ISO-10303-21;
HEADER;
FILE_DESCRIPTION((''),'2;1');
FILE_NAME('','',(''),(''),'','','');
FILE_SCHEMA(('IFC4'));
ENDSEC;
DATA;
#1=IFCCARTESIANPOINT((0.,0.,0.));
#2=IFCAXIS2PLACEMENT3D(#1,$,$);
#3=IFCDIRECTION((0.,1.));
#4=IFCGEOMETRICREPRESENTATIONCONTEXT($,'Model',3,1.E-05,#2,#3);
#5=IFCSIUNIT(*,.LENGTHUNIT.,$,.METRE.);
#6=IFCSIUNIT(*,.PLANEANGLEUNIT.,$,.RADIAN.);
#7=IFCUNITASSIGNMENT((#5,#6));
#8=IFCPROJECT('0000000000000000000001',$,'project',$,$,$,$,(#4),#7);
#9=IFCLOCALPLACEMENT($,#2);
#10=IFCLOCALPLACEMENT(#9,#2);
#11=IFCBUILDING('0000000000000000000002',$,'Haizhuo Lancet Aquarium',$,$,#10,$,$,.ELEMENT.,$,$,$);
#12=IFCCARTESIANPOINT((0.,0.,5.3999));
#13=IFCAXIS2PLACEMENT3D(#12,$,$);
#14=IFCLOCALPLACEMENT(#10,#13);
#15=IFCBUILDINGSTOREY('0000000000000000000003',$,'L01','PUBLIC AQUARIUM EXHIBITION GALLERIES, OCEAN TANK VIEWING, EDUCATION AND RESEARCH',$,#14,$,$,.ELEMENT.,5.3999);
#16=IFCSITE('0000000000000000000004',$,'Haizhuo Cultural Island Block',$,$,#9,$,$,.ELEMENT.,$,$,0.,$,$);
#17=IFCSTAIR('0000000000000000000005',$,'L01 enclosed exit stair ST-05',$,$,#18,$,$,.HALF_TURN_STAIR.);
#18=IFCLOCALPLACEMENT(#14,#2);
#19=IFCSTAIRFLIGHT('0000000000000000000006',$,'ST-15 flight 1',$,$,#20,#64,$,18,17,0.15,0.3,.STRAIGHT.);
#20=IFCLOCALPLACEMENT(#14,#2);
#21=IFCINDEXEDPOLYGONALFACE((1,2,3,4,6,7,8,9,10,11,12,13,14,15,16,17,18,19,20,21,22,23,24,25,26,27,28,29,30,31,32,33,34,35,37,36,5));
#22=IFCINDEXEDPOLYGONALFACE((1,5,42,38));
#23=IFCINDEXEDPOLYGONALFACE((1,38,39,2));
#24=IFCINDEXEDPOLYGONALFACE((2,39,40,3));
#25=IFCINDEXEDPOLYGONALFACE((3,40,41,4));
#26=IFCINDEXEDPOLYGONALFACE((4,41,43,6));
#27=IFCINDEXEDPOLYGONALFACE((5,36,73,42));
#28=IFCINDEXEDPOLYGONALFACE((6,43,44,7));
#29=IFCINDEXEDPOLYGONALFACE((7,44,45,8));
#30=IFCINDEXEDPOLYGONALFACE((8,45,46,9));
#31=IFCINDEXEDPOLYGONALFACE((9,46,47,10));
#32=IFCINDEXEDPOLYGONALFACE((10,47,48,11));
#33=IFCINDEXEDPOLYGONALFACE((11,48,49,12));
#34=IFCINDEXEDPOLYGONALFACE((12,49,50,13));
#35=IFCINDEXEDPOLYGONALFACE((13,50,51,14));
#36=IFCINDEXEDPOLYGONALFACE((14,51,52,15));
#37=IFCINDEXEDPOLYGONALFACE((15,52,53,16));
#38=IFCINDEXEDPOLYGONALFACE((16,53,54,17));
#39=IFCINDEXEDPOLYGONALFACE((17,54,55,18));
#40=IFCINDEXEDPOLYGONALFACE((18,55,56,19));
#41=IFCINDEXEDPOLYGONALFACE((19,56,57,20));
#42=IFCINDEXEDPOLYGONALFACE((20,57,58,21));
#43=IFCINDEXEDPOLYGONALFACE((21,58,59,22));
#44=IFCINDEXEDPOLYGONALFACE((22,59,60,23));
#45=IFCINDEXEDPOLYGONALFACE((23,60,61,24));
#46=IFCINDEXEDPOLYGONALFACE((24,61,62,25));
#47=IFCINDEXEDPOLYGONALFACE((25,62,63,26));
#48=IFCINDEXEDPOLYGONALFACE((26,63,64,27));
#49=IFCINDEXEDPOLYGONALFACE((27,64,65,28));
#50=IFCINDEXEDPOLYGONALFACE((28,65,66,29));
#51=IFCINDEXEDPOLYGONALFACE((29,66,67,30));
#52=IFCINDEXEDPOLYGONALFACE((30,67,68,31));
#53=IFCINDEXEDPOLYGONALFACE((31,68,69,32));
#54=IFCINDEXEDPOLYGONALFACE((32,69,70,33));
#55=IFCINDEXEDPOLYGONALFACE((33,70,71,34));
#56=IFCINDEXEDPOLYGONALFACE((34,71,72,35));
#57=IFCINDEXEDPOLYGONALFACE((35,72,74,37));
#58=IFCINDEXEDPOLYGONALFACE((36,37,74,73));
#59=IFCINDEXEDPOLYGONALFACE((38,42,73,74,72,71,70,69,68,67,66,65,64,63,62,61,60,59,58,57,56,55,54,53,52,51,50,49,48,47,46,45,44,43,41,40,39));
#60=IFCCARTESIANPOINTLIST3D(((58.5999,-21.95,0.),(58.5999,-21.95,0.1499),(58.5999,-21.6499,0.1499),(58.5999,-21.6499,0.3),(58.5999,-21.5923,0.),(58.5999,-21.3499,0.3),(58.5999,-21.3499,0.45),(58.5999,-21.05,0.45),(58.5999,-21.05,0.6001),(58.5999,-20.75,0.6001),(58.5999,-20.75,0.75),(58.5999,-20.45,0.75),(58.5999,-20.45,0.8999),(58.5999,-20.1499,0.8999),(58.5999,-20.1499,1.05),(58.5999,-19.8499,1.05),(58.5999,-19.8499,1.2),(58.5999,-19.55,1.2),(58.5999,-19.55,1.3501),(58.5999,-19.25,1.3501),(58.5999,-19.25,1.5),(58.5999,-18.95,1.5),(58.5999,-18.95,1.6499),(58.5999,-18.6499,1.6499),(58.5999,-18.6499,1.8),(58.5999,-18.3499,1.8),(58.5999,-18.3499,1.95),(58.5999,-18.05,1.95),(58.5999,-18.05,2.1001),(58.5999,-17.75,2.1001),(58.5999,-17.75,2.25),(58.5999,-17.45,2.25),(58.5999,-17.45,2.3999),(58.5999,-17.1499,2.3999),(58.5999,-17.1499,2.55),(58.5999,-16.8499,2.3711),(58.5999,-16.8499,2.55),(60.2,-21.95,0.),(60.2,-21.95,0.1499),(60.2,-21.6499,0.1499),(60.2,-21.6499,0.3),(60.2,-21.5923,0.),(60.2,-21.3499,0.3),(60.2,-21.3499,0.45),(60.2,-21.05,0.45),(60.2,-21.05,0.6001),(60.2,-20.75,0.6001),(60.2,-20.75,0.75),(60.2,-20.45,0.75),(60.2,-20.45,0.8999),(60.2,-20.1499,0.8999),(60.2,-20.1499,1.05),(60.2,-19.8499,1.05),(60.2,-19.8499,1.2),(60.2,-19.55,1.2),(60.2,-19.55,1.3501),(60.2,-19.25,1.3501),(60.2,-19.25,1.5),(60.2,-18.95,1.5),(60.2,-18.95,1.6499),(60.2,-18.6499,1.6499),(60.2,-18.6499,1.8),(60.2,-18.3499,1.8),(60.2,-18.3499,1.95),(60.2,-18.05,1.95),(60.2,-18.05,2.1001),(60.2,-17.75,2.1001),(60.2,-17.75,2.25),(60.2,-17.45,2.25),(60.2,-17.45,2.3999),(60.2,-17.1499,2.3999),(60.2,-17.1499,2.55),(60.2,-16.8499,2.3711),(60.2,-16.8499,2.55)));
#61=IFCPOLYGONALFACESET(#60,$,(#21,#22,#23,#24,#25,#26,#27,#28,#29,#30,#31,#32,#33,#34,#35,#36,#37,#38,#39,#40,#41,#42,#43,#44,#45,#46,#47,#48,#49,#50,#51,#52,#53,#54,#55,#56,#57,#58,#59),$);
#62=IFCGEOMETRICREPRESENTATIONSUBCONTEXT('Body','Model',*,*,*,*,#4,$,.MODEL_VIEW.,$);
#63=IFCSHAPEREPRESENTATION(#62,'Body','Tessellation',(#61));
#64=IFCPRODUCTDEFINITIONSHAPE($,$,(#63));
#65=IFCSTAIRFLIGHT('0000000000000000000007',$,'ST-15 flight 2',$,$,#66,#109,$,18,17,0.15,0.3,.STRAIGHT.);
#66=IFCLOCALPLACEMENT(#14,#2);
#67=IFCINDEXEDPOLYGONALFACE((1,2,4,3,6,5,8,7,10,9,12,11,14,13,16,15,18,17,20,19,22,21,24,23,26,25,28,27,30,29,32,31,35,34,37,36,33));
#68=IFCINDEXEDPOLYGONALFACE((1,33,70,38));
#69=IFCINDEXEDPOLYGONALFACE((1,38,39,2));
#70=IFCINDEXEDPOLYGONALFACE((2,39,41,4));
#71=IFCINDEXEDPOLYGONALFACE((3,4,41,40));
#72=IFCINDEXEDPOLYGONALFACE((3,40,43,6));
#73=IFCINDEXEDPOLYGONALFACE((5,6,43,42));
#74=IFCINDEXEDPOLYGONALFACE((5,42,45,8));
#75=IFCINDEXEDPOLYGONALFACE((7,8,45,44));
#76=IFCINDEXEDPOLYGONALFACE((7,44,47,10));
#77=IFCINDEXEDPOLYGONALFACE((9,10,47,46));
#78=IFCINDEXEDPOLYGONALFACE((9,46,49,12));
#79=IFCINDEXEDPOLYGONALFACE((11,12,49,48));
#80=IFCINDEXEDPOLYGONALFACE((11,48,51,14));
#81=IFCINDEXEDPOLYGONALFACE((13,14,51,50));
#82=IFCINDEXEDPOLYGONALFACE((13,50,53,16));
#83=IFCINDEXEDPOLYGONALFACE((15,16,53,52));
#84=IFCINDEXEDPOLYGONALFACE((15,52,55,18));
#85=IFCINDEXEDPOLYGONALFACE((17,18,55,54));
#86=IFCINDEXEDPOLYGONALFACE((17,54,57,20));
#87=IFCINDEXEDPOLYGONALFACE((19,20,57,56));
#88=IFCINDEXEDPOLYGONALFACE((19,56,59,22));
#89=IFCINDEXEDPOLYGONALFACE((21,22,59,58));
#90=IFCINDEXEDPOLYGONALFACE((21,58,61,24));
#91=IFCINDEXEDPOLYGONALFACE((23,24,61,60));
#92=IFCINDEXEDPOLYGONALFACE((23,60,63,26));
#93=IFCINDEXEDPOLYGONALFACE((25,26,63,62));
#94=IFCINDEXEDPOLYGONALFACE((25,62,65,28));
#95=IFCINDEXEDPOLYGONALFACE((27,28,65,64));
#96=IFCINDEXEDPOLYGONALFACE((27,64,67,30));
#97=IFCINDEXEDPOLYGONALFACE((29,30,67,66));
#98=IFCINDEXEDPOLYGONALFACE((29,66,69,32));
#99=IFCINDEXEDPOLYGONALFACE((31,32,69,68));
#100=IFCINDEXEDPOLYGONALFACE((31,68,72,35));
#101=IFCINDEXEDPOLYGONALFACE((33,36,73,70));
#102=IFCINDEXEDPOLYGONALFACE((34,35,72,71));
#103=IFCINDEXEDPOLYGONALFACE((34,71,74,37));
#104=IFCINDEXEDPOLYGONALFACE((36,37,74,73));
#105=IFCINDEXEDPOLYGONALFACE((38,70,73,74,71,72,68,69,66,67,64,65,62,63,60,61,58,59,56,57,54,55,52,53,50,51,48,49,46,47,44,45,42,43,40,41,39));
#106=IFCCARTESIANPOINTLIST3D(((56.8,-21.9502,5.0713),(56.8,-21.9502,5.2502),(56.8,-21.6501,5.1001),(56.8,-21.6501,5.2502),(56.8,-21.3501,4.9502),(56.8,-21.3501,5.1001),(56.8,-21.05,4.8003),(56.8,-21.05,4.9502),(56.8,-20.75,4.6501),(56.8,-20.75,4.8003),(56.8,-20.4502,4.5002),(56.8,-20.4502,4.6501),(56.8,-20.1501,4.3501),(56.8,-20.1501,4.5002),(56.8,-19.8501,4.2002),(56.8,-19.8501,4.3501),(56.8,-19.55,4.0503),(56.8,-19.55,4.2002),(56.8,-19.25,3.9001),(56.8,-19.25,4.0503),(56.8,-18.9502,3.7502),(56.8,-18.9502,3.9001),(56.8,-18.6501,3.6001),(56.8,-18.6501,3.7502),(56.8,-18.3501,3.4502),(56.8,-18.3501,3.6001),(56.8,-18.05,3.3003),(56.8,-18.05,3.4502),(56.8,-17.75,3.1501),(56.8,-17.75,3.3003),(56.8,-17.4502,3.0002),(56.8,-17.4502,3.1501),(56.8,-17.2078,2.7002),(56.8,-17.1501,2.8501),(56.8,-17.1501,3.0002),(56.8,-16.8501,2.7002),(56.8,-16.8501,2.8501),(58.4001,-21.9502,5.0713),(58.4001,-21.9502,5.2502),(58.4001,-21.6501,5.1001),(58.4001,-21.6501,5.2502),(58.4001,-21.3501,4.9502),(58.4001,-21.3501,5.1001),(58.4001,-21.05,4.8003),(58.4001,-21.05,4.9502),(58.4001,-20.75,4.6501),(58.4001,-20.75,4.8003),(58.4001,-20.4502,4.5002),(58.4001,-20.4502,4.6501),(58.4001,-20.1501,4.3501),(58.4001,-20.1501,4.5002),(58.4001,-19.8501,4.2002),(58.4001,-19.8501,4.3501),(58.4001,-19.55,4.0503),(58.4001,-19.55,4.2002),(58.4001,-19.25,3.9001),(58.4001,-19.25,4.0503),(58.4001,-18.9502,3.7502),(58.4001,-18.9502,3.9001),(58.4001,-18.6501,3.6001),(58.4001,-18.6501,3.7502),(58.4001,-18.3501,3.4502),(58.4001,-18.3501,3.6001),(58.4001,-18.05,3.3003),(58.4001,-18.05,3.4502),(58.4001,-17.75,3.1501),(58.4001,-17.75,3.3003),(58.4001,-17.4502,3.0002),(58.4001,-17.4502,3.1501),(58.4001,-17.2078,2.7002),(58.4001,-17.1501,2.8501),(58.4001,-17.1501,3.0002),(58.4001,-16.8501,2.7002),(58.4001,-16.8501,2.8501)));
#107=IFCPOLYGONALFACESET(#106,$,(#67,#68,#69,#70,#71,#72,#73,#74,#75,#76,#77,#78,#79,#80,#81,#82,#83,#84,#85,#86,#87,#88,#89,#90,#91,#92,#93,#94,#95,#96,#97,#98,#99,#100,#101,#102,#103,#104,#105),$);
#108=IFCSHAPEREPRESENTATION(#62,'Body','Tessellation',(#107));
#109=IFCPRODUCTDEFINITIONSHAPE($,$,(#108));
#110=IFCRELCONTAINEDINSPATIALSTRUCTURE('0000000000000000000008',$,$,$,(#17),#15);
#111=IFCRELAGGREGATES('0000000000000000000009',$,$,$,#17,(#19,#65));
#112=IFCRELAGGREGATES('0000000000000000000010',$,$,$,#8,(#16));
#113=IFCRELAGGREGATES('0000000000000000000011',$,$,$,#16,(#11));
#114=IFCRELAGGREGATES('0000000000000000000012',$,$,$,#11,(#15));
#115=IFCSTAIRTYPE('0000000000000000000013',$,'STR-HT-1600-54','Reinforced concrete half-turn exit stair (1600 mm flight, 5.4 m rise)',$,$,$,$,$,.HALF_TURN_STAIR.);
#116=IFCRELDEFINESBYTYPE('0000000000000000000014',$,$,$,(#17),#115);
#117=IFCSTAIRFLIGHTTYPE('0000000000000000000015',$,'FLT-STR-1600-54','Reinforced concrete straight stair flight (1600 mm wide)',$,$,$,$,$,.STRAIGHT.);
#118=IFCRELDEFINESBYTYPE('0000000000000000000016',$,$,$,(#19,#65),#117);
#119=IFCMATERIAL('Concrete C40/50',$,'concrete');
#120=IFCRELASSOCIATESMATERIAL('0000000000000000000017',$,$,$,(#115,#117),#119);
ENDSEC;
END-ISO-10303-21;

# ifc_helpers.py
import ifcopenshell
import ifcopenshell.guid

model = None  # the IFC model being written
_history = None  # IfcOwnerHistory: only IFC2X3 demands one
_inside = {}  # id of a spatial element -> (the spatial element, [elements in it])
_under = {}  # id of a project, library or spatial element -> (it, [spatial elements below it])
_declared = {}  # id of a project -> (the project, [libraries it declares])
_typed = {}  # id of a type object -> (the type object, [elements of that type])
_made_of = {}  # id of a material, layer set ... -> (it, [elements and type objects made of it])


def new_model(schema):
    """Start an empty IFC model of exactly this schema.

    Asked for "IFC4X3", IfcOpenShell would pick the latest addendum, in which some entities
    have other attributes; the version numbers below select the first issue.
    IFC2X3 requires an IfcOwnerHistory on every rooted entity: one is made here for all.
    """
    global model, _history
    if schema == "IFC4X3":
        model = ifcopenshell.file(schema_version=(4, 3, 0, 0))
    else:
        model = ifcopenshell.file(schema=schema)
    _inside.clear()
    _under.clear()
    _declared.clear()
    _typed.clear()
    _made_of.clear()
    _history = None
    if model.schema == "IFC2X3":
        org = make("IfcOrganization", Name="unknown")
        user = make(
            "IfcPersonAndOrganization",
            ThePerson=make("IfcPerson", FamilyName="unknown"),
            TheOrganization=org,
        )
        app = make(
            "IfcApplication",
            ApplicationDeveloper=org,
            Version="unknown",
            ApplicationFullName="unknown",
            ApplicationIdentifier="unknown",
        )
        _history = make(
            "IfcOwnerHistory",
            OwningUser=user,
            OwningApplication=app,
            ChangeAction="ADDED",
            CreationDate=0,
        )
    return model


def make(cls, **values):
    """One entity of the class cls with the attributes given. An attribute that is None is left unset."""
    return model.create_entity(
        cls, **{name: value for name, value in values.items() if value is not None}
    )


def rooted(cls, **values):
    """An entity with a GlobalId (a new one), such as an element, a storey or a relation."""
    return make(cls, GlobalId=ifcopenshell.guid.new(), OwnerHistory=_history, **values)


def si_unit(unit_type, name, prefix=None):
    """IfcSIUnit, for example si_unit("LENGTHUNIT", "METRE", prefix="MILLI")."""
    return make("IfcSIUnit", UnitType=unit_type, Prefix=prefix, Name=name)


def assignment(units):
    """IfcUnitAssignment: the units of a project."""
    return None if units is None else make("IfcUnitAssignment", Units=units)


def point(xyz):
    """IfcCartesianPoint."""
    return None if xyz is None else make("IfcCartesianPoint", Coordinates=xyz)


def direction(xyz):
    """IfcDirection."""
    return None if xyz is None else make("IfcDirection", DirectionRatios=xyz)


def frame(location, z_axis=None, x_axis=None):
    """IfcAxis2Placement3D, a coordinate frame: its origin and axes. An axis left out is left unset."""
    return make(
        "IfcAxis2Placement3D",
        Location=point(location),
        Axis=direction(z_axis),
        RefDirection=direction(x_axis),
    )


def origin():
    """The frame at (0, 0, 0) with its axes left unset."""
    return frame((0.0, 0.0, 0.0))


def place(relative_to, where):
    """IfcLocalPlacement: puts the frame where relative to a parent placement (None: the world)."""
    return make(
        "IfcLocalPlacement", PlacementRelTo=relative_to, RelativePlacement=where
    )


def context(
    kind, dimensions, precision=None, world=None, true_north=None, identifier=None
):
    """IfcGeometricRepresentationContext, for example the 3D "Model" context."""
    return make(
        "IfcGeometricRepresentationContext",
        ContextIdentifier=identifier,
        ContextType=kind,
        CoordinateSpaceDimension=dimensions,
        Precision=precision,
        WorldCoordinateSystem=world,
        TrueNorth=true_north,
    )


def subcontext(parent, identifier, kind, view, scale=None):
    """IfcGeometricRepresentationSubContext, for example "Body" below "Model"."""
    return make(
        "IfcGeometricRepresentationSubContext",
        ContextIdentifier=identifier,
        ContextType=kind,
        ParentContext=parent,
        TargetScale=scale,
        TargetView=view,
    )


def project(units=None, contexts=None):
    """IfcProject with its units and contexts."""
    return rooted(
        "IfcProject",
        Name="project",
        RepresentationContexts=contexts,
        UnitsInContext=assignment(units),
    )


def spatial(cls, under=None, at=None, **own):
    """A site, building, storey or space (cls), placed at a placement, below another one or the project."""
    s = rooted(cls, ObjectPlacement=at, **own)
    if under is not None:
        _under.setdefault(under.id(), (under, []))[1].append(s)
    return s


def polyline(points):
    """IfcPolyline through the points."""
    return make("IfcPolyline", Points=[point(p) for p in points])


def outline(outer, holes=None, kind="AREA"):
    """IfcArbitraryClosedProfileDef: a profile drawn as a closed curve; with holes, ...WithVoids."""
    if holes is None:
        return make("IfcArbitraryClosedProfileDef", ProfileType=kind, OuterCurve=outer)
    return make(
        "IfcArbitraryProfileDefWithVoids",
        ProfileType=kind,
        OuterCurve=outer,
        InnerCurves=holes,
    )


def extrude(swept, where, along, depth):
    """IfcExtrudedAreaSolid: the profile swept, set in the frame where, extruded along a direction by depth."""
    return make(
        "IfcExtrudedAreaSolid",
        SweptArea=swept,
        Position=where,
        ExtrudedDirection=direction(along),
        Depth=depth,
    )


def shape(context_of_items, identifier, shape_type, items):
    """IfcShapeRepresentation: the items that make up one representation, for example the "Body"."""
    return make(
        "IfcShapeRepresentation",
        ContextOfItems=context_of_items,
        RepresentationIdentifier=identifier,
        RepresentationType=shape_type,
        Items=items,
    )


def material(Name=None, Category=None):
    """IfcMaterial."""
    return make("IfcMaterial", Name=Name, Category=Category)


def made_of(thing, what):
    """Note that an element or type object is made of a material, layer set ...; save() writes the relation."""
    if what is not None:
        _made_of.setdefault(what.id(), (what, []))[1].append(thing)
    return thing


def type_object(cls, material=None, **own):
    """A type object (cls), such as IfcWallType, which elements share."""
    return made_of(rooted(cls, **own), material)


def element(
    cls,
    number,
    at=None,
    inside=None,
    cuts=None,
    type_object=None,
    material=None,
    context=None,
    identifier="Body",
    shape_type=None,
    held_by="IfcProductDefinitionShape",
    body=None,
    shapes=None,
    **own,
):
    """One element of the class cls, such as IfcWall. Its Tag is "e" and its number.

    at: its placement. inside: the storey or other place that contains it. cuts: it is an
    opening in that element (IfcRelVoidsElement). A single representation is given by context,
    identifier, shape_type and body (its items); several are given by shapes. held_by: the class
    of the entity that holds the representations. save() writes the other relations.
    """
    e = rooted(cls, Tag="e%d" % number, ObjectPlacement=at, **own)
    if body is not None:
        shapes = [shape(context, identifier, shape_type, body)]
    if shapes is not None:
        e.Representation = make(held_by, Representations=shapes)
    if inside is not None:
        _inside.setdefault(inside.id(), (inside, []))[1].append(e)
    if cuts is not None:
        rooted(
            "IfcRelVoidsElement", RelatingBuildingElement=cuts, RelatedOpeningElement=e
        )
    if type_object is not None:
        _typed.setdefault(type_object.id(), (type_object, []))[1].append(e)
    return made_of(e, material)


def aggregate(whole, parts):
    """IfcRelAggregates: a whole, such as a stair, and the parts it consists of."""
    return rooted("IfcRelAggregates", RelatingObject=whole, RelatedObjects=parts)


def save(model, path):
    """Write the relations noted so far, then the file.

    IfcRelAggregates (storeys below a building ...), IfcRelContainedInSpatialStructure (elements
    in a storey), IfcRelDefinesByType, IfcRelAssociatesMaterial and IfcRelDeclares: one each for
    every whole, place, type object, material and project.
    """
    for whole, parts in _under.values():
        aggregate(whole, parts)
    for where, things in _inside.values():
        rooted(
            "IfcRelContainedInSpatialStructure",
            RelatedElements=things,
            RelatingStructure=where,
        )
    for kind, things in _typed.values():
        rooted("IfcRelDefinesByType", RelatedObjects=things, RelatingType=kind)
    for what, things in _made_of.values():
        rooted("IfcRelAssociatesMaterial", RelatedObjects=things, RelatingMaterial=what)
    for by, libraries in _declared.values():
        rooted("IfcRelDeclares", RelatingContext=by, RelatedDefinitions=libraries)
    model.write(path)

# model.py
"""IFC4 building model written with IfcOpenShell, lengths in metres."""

from ifc_helpers import new_model, si_unit, direction, frame, origin, place, context, subcontext, project, spatial, polyline, outline, extrude, material, type_object, element, aggregate, save


model = new_model("IFC4")

# Units and contexts
model_context = context("Model", 3, precision=1e-05, world=origin(), true_north=direction((0.0, 1.0)))
body_context = subcontext(model_context, "Body", "Model", "MODEL_VIEW")
ifc_project = project(units=[si_unit("LENGTHUNIT", "METRE"), si_unit("PLANEANGLEUNIT", "RADIAN")], contexts=[model_context])

# Site, building, storey
site_placement = place(None, origin())
site = spatial("IfcSite", under=ifc_project, at=site_placement, Name="Haizhuo Cultural Island Block", CompositionType="ELEMENT", RefElevation=0.0)
building_placement = place(site_placement, origin())
building = spatial("IfcBuilding", under=site, at=building_placement, Name="Haizhuo Lancet Aquarium", CompositionType="ELEMENT")
storey_placement = place(building_placement, frame((0.0, 0.0, 5.3999)))
storey = spatial("IfcBuildingStorey", under=building, at=storey_placement, Name="L01", Description="PUBLIC AQUARIUM EXHIBITION GALLERIES, OCEAN TANK VIEWING, EDUCATION AND RESEARCH", CompositionType="ELEMENT", Elevation=5.3999)

# Shared definitions
ifc_material_1 = material(Name="Concrete C40/50", Category="concrete")

# Stair, stair flights
stair_type = type_object("IfcStairType", Name="STR-HT-1600-54", Description="Reinforced concrete half-turn exit stair (1600 mm flight, 5.4 m rise)", PredefinedType="HALF_TURN_STAIR", material=ifc_material_1)
stair_placement = place(storey_placement, origin())
stair = element("IfcStair", 1, at=stair_placement, inside=storey, type_object=stair_type, Name="L01 enclosed exit stair ST-05", PredefinedType="HALF_TURN_STAIR")
stair_flight_type = type_object("IfcStairFlightType", Name="FLT-STR-1600-54", Description="Reinforced concrete straight stair flight (1600 mm wide)", PredefinedType="STRAIGHT", material=ifc_material_1)
stair_flight_1_placement = place(storey_placement, frame((59.3999, -21.95, 0.0), z_axis=(0.0, 0.0, 1.0), x_axis=(0.0, 1.0, 0.0)))
stair_flight_1 = element("IfcStairFlight", 2, at=stair_flight_1_placement, type_object=stair_flight_type, Name="ST-15 flight 1", NumberOfRisers=18, NumberOfTreads=17, PredefinedType="STRAIGHT", RiserHeight=0.15, TreadLength=0.3, context=body_context, shape_type="SweptSolid", body=[
    extrude(outline(polyline([(0.0, 0.0), (0.0, 0.1499), (0.3, 0.1499), (0.3, 0.3), (0.6001, 0.3), (0.6001, 0.45), (0.8999, 0.45), (0.8999, 0.6001), (1.2, 0.6001), (1.2, 0.75), (1.5, 0.75), (1.5, 0.8999), (1.8, 0.8999), (1.8, 1.05), (2.1001, 1.05), (2.1001, 1.2), (2.3999, 1.2), (2.3999, 1.3501), (2.7, 1.3501), (2.7, 1.5), (3.0, 1.5), (3.0, 1.6499), (3.3, 1.6499), (3.3, 1.8), (3.6001, 1.8), (3.6001, 1.95), (3.8999, 1.95), (3.8999, 2.1001), (4.2, 2.1001), (4.2, 2.25), (4.5, 2.25), (4.5, 2.3999), (4.8, 2.3999), (4.8, 2.55), (5.1001, 2.55), (5.1001, 2.7), (5.1001, 2.3711), (0.3577, 0.0), (0.0, 0.0)])), frame((0.0, 0.8, 0.0), z_axis=(0.0, -1.0, 0.0), x_axis=(1.0, 0.0, 0.0)), (0.0, 0.0, 1.0), 1.6001),
])
stair_flight_2_placement = place(storey_placement, frame((57.6001, -16.8501, 2.7002), z_axis=(0.0, 0.0, 1.0), x_axis=(0.0, -1.0, 0.0)))
stair_flight_2 = element("IfcStairFlight", 3, at=stair_flight_2_placement, type_object=stair_flight_type, Name="ST-15 flight 2", NumberOfRisers=18, NumberOfTreads=17, PredefinedType="STRAIGHT", RiserHeight=0.15, TreadLength=0.3, context=body_context, shape_type="SweptSolid", body=[
    extrude(outline(polyline([(0.0, 0.0), (0.0, 0.1499), (0.3, 0.1499), (0.3, 0.3), (0.6001, 0.3), (0.6001, 0.45), (0.8999, 0.45), (0.8999, 0.6001), (1.2, 0.6001), (1.2, 0.75), (1.5, 0.75), (1.5, 0.8999), (1.8, 0.8999), (1.8, 1.05), (2.1001, 1.05), (2.1001, 1.2), (2.3999, 1.2), (2.3999, 1.3501), (2.7, 1.3501), (2.7, 1.5), (3.0, 1.5), (3.0, 1.6499), (3.3, 1.6499), (3.3, 1.8), (3.6001, 1.8), (3.6001, 1.95), (3.8999, 1.95), (3.8999, 2.1001), (4.2, 2.1001), (4.2, 2.25), (4.5, 2.25), (4.5, 2.3999), (4.8, 2.3999), (4.8, 2.55), (5.1001, 2.55), (5.1001, 2.7), (5.1001, 2.3711), (0.3577, 0.0), (0.0, 0.0)])), frame((0.0, 0.8, 0.0), z_axis=(0.0, -1.0, 0.0), x_axis=(1.0, 0.0, 0.0)), (0.0, 0.0, 1.0), 1.6001),
])
aggregate(stair, [stair_flight_1, stair_flight_2])

save(model, "model.ifc")
